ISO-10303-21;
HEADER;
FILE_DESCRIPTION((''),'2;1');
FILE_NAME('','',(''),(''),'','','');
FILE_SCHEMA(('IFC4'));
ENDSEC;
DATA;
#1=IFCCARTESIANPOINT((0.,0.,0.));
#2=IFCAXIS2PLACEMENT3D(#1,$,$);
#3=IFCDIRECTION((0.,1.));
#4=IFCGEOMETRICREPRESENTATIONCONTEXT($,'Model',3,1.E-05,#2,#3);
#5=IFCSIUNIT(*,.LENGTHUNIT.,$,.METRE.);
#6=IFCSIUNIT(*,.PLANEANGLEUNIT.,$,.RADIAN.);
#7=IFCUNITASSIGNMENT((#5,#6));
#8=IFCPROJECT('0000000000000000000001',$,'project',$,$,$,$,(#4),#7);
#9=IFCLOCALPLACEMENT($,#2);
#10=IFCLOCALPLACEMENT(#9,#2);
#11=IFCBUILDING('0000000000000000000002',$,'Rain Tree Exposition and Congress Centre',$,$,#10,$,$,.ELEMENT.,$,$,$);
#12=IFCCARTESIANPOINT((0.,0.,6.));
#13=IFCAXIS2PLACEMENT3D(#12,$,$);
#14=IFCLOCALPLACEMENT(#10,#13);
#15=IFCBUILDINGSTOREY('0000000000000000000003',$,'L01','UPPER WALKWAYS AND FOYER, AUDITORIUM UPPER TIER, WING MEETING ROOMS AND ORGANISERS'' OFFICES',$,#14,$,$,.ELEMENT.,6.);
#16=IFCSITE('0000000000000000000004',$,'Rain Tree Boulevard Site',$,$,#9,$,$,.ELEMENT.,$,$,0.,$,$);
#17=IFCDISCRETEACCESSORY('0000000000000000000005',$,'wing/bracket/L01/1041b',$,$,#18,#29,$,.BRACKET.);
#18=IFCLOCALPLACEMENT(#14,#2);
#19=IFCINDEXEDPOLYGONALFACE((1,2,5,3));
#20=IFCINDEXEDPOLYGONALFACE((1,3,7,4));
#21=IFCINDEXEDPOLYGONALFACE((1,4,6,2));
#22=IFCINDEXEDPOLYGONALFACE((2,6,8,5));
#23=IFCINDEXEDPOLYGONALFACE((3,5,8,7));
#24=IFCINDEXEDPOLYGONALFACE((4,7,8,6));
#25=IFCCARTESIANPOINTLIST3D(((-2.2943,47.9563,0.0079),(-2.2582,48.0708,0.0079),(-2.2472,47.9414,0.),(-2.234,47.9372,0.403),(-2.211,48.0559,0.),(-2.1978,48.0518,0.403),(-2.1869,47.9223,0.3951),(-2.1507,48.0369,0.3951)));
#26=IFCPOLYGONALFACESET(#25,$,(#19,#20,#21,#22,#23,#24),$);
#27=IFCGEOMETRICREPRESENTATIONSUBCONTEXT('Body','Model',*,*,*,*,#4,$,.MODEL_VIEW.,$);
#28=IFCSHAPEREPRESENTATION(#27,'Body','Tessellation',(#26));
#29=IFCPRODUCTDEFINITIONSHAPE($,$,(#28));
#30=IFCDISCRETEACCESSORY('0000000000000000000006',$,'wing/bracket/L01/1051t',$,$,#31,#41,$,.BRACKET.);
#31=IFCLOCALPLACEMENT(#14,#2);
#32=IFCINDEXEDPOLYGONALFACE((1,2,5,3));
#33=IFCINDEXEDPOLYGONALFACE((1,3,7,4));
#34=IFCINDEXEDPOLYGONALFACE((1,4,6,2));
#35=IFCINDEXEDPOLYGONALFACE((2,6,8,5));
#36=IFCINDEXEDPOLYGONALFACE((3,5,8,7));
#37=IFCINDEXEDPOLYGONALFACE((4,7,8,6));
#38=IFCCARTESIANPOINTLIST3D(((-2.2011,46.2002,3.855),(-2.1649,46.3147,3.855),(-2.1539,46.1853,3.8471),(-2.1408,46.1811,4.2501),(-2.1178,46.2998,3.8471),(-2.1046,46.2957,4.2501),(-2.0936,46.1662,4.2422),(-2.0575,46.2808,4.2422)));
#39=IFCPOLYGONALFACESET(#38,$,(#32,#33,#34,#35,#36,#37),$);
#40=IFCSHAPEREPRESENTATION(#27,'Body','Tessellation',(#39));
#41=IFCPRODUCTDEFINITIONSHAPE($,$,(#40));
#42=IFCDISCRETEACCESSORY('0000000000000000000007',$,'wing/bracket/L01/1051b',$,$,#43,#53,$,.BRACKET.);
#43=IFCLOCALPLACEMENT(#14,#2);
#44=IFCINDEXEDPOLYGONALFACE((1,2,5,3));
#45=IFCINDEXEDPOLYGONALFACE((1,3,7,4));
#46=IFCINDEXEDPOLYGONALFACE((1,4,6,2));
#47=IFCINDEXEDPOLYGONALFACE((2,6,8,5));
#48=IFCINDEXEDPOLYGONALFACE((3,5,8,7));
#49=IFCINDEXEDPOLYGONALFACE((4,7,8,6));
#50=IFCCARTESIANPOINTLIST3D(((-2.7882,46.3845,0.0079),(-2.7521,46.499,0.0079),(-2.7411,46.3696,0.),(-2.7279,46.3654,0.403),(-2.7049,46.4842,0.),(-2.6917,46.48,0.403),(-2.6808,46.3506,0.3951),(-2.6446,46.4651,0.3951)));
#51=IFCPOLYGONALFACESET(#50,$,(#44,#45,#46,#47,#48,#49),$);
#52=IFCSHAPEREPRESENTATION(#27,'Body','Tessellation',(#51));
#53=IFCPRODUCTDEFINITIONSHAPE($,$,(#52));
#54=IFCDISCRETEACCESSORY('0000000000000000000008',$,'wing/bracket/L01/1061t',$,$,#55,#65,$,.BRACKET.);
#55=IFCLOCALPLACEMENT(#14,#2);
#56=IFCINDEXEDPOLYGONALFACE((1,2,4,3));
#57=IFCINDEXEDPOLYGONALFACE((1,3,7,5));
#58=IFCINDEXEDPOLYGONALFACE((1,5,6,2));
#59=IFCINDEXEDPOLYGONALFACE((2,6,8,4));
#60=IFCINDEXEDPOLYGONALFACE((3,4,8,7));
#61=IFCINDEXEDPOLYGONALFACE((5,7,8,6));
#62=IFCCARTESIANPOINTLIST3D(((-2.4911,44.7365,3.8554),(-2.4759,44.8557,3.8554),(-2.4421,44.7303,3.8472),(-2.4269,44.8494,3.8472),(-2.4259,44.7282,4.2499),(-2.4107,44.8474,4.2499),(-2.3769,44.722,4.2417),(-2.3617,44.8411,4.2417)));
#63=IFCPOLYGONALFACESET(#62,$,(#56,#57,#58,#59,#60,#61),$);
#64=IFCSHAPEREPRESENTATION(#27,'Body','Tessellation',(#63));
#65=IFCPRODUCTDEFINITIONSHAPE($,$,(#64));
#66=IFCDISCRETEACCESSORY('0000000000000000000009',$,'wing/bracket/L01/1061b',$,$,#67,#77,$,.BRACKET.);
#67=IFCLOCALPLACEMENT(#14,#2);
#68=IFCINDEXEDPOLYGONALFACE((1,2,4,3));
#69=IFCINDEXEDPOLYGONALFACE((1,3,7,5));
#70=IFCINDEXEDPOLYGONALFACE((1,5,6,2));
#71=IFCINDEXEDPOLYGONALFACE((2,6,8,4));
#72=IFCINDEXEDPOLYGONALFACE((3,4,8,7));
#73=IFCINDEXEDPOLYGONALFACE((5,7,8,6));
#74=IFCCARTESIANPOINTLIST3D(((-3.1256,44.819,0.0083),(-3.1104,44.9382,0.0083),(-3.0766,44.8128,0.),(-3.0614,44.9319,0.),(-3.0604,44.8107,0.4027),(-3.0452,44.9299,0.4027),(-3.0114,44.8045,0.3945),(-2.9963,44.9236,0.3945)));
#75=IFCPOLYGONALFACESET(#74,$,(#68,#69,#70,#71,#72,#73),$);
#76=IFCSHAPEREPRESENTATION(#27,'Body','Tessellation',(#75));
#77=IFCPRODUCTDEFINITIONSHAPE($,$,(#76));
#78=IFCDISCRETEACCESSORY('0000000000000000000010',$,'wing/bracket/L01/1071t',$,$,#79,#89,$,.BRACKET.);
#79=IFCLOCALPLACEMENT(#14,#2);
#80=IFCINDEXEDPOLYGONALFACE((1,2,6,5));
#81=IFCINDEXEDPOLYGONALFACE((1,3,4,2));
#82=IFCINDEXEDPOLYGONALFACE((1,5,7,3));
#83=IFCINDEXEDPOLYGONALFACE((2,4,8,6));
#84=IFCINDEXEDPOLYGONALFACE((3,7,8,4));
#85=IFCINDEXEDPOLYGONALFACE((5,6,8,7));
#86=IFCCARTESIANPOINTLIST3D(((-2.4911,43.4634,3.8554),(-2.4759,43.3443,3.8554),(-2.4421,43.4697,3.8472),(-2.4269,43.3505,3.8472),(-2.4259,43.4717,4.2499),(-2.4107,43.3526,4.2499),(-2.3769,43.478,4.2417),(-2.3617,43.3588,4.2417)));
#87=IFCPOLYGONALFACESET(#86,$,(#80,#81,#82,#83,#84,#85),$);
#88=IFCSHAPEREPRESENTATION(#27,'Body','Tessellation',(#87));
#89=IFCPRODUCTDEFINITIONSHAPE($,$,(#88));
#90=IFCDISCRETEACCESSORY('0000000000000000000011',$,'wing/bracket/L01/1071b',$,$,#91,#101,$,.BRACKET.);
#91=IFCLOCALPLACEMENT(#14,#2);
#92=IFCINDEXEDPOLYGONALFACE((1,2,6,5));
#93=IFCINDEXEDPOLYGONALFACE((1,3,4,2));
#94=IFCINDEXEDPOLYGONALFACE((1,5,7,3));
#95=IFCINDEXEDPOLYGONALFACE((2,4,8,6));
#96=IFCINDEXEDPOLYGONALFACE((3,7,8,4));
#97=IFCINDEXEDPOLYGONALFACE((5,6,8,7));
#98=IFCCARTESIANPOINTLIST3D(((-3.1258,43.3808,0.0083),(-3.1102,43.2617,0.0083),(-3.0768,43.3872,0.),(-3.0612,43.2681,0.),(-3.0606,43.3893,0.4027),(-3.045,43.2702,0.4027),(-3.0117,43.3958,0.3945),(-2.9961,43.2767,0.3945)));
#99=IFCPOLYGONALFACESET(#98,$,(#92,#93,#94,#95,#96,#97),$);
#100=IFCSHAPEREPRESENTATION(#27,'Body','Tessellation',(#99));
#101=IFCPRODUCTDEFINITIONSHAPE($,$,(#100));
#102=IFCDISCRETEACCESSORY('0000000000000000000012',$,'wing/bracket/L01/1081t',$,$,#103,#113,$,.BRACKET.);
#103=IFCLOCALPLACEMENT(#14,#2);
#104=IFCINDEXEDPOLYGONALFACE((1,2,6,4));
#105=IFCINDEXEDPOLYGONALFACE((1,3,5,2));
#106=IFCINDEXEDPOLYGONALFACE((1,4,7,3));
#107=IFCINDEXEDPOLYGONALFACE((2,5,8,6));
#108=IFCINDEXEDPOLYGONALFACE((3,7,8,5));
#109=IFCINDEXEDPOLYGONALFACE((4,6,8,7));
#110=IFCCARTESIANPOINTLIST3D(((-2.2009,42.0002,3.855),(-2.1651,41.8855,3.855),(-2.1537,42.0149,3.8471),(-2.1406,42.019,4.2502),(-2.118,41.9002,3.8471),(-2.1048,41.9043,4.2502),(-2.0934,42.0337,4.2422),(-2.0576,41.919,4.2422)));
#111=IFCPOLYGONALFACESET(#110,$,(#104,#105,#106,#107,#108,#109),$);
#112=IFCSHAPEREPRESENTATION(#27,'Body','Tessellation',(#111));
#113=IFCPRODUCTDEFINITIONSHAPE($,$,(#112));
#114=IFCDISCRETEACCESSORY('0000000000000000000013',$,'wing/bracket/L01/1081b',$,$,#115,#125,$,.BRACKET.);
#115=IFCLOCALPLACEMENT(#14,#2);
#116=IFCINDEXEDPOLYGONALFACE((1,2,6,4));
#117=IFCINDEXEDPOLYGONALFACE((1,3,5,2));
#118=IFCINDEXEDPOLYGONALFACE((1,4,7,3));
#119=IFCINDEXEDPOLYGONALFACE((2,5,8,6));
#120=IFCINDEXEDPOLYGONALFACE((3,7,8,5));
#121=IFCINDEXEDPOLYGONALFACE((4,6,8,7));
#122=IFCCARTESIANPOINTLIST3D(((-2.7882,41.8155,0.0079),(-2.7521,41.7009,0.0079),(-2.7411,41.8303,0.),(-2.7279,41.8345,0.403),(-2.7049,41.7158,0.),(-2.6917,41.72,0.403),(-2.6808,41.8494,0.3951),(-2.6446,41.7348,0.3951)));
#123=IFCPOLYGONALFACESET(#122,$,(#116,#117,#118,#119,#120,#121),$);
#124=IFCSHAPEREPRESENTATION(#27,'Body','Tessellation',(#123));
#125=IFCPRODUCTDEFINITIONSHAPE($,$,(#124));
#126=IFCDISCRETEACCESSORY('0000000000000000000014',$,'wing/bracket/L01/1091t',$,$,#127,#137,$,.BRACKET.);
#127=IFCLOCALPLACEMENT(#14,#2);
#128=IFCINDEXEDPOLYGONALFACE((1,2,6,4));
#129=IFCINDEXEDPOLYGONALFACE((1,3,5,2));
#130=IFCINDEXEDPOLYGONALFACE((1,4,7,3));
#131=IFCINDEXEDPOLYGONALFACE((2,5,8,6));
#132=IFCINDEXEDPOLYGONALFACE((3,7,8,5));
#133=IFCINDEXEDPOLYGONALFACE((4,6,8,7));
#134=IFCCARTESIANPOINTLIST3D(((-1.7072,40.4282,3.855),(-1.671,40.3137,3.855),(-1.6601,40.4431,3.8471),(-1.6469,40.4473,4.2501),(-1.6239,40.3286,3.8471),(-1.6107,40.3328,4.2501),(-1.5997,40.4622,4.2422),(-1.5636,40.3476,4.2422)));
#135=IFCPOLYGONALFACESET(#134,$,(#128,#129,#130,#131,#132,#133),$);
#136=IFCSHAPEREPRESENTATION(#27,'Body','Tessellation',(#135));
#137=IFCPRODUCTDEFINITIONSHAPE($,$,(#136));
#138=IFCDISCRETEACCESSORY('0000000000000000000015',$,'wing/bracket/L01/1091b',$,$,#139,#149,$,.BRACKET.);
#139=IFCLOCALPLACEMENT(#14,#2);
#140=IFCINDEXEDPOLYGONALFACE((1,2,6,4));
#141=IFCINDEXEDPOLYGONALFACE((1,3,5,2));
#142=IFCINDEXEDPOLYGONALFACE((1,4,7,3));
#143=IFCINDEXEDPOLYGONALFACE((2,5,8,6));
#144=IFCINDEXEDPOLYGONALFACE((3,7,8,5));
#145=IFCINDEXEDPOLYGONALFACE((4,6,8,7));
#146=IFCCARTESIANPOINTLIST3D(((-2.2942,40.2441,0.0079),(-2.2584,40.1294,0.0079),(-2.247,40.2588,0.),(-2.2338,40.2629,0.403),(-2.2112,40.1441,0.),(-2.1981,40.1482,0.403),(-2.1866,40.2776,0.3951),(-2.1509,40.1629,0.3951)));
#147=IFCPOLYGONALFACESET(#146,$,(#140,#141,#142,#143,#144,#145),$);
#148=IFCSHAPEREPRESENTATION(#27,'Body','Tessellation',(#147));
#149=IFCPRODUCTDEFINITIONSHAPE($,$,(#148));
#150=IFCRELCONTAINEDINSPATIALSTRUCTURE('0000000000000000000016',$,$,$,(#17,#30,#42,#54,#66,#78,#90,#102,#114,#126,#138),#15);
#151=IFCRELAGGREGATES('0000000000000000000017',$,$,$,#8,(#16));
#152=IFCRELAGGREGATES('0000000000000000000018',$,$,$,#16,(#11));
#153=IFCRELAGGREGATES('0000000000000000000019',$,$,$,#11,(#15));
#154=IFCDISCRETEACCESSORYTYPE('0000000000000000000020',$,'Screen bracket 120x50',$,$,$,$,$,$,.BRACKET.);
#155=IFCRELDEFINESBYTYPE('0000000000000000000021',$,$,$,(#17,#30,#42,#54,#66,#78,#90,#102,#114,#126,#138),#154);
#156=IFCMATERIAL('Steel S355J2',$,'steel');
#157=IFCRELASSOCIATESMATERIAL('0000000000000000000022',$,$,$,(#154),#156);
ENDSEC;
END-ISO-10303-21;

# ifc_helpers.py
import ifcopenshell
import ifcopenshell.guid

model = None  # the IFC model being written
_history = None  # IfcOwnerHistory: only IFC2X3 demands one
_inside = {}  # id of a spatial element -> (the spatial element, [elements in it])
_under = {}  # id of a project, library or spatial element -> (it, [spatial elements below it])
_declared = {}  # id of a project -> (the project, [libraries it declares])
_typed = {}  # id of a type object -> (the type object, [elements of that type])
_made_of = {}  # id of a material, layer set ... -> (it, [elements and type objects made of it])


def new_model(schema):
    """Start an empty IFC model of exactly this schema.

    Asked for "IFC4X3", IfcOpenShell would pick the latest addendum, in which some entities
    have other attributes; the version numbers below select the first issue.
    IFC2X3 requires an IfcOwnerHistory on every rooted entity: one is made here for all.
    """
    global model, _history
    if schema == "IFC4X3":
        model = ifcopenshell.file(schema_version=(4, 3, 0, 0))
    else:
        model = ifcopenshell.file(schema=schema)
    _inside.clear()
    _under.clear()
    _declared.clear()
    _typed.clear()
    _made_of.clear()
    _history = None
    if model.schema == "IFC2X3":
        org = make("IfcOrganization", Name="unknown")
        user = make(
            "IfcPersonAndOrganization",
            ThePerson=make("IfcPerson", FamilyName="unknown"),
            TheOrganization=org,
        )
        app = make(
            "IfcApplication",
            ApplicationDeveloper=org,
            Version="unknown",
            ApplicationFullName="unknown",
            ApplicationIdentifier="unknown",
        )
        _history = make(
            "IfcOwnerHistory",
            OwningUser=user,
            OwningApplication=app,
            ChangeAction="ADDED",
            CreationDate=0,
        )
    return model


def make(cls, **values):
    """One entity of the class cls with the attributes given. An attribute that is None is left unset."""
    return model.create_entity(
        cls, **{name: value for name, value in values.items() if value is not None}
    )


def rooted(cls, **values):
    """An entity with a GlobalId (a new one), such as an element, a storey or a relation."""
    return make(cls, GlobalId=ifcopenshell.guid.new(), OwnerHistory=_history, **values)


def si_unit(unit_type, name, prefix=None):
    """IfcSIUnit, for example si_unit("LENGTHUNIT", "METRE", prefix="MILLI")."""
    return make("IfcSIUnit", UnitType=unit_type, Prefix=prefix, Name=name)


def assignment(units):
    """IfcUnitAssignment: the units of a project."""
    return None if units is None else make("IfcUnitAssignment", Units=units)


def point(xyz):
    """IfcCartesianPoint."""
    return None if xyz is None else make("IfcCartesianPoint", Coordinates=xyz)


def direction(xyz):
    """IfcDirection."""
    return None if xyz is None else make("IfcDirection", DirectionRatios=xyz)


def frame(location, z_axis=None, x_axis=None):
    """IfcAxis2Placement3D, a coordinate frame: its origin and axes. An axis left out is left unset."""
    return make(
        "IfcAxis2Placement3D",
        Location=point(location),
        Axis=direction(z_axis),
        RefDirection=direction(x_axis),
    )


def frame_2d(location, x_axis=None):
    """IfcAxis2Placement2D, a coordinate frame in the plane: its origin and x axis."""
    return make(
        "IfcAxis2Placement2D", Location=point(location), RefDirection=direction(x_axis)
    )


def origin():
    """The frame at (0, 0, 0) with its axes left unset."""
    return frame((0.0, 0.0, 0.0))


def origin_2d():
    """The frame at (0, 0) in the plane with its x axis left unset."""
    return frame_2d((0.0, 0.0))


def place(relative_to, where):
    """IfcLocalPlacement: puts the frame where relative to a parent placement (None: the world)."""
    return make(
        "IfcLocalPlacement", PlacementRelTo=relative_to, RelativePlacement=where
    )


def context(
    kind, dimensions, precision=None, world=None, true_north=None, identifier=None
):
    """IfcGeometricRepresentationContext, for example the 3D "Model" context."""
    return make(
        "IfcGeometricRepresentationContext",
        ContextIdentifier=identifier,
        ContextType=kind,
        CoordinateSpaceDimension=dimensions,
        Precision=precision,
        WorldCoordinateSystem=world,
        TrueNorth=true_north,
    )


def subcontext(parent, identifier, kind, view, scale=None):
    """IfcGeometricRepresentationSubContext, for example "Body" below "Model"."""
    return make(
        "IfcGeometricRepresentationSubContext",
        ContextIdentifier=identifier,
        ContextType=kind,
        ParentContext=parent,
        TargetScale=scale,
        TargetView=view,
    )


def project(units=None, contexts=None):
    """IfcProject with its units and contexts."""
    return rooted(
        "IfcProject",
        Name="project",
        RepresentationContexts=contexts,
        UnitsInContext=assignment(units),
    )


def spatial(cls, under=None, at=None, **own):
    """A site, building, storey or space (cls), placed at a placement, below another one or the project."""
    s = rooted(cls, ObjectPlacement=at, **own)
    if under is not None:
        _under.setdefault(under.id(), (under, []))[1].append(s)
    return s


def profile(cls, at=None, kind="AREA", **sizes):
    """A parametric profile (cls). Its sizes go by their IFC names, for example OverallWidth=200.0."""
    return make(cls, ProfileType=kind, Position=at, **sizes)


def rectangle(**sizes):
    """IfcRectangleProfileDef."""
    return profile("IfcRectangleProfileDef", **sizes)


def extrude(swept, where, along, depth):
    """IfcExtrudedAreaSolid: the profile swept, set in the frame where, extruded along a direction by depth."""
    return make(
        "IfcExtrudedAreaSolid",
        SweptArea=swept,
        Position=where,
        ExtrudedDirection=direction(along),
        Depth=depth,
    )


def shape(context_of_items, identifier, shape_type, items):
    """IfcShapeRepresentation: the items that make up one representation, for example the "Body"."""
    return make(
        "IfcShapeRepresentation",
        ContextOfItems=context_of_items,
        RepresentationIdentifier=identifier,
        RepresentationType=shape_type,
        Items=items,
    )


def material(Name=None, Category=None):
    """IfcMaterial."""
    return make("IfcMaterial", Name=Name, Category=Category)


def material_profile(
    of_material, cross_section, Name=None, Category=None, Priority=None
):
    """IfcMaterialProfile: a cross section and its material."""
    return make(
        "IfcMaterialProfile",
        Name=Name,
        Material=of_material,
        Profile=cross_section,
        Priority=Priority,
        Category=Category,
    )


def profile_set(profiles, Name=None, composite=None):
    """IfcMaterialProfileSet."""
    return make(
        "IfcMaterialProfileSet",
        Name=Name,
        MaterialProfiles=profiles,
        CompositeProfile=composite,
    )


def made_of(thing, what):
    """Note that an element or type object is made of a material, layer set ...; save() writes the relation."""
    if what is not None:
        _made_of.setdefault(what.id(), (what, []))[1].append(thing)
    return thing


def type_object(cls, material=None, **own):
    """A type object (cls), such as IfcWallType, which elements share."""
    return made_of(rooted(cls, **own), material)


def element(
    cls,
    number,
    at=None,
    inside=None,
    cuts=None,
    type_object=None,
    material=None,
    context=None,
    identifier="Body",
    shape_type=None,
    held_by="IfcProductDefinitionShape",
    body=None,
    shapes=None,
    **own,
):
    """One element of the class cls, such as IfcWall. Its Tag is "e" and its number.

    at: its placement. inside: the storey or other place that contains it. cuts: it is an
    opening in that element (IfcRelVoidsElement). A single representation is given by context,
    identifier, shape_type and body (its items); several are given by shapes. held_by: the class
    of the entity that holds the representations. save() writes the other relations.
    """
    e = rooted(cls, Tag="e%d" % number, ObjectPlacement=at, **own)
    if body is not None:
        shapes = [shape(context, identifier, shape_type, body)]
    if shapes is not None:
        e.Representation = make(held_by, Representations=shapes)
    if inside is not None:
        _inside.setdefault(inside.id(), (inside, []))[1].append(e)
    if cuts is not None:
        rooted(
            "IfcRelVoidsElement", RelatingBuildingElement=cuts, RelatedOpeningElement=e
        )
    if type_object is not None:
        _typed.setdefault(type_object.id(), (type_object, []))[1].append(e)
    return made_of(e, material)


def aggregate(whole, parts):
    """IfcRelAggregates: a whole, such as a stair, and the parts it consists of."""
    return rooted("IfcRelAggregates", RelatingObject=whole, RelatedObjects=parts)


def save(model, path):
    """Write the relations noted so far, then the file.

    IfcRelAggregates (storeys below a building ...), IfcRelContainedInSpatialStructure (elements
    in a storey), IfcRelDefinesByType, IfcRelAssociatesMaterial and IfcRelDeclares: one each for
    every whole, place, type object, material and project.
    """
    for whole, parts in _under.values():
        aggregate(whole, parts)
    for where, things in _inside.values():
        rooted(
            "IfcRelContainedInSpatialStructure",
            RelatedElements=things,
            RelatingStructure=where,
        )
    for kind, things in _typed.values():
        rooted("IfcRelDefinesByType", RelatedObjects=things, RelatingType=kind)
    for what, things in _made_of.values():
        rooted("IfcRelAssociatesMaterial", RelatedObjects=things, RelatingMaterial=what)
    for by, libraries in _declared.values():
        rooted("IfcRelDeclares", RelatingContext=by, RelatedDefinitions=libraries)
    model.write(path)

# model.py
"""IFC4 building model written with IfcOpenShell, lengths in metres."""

from ifc_helpers import new_model, si_unit, direction, frame, origin, origin_2d, place, context, subcontext, project, spatial, rectangle, extrude, material, material_profile, profile_set, type_object, element, save


model = new_model("IFC4")

# Units and contexts
model_context = context("Model", 3, precision=1e-05, world=origin(), true_north=direction((0.0, 1.0)))
body_context = subcontext(model_context, "Body", "Model", "MODEL_VIEW")
ifc_project = project(units=[si_unit("LENGTHUNIT", "METRE"), si_unit("PLANEANGLEUNIT", "RADIAN")], contexts=[model_context])

# Site, building, storey
site_placement = place(None, origin())
site = spatial("IfcSite", under=ifc_project, at=site_placement, Name="Rain Tree Boulevard Site", CompositionType="ELEMENT", RefElevation=0.0)
building_placement = place(site_placement, origin())
building = spatial("IfcBuilding", under=site, at=building_placement, Name="Rain Tree Exposition and Congress Centre", CompositionType="ELEMENT")
storey_placement = place(building_placement, frame((0.0, 0.0, 6.0)))
storey = spatial("IfcBuildingStorey", under=building, at=storey_placement, Name="L01", Description="UPPER WALKWAYS AND FOYER, AUDITORIUM UPPER TIER, WING MEETING ROOMS AND ORGANISERS' OFFICES", CompositionType="ELEMENT", Elevation=6.0)

# Discrete accessories
ifc_material_1 = material(Name="Steel S355J2", Category="steel")
ifc_material_profile_1 = material_profile(ifc_material_1, rectangle(XDim=0.1201, YDim=0.05, at=origin_2d()), Name="Flat bar 120x50")
ifc_profile_set_1 = profile_set([ifc_material_profile_1], Name="Steel S355J2")
discrete_accessory_type = type_object("IfcDiscreteAccessoryType", Name="Screen bracket 120x50", PredefinedType="BRACKET", material=ifc_profile_set_1)
for number, where, z_axis, x_axis, name in (
    (1, (-2.2527, 48.0061, 0.0039), (0.150738, -0.047602, 0.987427), (0.301131, 0.953583, 0.0), "wing/bracket/L01/1041b"),
    (2, (-2.1594, 46.25, 3.8511), (0.150738, -0.047602, 0.987427), (0.301131, 0.953583, 0.0), "wing/bracket/L01/1051t"),
    (3, (-2.7466, 46.4343, 0.0039), (0.150738, -0.047602, 0.987427), (0.301131, 0.953583, 0.0), "wing/bracket/L01/1051b"),
):
    element("IfcDiscreteAccessory", number, at=place(storey_placement, frame(where, z_axis=z_axis, x_axis=x_axis)), inside=storey, type_object=discrete_accessory_type, Name=name, PredefinedType="BRACKET", context=body_context, shape_type="SweptSolid", body=[
        extrude(rectangle(XDim=0.1201, YDim=0.05, at=origin_2d()), origin(), (0.0, 0.0, 1.0), 0.4001),
    ])
for number, where, z_axis, x_axis, name in (
    (4, (-2.459, 44.793, 3.8513), (0.162978, -0.020754, 0.986411), (0.126321, 0.991989, 0.0), "wing/bracket/L01/1061t"),
    (5, (-3.0935, 44.8755, 0.0042), (0.162978, -0.020754, 0.986411), (0.126321, 0.991989, 0.0), "wing/bracket/L01/1061b"),
    (6, (-2.459, 43.407, 3.8513), (0.162978, 0.020754, 0.986411), (-0.126321, 0.991989, 0.0), "wing/bracket/L01/1071t"),
    (7, (-3.0935, 43.3245, 0.0042), (0.162976, 0.021364, 0.986399), (-0.129974, 0.991517, 0.0), "wing/bracket/L01/1071b"),
):
    element("IfcDiscreteAccessory", number, at=place(storey_placement, frame(where, z_axis=z_axis, x_axis=x_axis)), inside=storey, type_object=discrete_accessory_type, Name=name, PredefinedType="BRACKET", context=body_context, shape_type="SweptSolid", body=[
        extrude(rectangle(XDim=0.1201, YDim=0.05, at=origin_2d()), origin(), (0.0, 0.0, 1.0), 0.3999),
    ])
for number, where, z_axis, x_axis, name in (
    (8, (-2.1594, 41.9502, 3.8511), (0.150743, 0.046993, 0.987456), (-0.297615, 0.954686, 0.0), "wing/bracket/L01/1081t"),
    (9, (-2.7466, 41.7656, 0.0039), (0.150738, 0.047602, 0.987427), (-0.301131, 0.953583, 0.0), "wing/bracket/L01/1081b"),
    (10, (-1.6655, 40.3784, 3.8511), (0.150738, 0.047602, 0.987427), (-0.301131, 0.953583, 0.0), "wing/bracket/L01/1091t"),
    (11, (-2.2527, 40.1941, 0.0039), (0.150743, 0.046993, 0.987456), (-0.297615, 0.954686, 0.0), "wing/bracket/L01/1091b"),
):
    element("IfcDiscreteAccessory", number, at=place(storey_placement, frame(where, z_axis=z_axis, x_axis=x_axis)), inside=storey, type_object=discrete_accessory_type, Name=name, PredefinedType="BRACKET", context=body_context, shape_type="SweptSolid", body=[
        extrude(rectangle(XDim=0.1201, YDim=0.05, at=origin_2d()), origin(), (0.0, 0.0, 1.0), 0.4001),
    ])

save(model, "model.ifc")
